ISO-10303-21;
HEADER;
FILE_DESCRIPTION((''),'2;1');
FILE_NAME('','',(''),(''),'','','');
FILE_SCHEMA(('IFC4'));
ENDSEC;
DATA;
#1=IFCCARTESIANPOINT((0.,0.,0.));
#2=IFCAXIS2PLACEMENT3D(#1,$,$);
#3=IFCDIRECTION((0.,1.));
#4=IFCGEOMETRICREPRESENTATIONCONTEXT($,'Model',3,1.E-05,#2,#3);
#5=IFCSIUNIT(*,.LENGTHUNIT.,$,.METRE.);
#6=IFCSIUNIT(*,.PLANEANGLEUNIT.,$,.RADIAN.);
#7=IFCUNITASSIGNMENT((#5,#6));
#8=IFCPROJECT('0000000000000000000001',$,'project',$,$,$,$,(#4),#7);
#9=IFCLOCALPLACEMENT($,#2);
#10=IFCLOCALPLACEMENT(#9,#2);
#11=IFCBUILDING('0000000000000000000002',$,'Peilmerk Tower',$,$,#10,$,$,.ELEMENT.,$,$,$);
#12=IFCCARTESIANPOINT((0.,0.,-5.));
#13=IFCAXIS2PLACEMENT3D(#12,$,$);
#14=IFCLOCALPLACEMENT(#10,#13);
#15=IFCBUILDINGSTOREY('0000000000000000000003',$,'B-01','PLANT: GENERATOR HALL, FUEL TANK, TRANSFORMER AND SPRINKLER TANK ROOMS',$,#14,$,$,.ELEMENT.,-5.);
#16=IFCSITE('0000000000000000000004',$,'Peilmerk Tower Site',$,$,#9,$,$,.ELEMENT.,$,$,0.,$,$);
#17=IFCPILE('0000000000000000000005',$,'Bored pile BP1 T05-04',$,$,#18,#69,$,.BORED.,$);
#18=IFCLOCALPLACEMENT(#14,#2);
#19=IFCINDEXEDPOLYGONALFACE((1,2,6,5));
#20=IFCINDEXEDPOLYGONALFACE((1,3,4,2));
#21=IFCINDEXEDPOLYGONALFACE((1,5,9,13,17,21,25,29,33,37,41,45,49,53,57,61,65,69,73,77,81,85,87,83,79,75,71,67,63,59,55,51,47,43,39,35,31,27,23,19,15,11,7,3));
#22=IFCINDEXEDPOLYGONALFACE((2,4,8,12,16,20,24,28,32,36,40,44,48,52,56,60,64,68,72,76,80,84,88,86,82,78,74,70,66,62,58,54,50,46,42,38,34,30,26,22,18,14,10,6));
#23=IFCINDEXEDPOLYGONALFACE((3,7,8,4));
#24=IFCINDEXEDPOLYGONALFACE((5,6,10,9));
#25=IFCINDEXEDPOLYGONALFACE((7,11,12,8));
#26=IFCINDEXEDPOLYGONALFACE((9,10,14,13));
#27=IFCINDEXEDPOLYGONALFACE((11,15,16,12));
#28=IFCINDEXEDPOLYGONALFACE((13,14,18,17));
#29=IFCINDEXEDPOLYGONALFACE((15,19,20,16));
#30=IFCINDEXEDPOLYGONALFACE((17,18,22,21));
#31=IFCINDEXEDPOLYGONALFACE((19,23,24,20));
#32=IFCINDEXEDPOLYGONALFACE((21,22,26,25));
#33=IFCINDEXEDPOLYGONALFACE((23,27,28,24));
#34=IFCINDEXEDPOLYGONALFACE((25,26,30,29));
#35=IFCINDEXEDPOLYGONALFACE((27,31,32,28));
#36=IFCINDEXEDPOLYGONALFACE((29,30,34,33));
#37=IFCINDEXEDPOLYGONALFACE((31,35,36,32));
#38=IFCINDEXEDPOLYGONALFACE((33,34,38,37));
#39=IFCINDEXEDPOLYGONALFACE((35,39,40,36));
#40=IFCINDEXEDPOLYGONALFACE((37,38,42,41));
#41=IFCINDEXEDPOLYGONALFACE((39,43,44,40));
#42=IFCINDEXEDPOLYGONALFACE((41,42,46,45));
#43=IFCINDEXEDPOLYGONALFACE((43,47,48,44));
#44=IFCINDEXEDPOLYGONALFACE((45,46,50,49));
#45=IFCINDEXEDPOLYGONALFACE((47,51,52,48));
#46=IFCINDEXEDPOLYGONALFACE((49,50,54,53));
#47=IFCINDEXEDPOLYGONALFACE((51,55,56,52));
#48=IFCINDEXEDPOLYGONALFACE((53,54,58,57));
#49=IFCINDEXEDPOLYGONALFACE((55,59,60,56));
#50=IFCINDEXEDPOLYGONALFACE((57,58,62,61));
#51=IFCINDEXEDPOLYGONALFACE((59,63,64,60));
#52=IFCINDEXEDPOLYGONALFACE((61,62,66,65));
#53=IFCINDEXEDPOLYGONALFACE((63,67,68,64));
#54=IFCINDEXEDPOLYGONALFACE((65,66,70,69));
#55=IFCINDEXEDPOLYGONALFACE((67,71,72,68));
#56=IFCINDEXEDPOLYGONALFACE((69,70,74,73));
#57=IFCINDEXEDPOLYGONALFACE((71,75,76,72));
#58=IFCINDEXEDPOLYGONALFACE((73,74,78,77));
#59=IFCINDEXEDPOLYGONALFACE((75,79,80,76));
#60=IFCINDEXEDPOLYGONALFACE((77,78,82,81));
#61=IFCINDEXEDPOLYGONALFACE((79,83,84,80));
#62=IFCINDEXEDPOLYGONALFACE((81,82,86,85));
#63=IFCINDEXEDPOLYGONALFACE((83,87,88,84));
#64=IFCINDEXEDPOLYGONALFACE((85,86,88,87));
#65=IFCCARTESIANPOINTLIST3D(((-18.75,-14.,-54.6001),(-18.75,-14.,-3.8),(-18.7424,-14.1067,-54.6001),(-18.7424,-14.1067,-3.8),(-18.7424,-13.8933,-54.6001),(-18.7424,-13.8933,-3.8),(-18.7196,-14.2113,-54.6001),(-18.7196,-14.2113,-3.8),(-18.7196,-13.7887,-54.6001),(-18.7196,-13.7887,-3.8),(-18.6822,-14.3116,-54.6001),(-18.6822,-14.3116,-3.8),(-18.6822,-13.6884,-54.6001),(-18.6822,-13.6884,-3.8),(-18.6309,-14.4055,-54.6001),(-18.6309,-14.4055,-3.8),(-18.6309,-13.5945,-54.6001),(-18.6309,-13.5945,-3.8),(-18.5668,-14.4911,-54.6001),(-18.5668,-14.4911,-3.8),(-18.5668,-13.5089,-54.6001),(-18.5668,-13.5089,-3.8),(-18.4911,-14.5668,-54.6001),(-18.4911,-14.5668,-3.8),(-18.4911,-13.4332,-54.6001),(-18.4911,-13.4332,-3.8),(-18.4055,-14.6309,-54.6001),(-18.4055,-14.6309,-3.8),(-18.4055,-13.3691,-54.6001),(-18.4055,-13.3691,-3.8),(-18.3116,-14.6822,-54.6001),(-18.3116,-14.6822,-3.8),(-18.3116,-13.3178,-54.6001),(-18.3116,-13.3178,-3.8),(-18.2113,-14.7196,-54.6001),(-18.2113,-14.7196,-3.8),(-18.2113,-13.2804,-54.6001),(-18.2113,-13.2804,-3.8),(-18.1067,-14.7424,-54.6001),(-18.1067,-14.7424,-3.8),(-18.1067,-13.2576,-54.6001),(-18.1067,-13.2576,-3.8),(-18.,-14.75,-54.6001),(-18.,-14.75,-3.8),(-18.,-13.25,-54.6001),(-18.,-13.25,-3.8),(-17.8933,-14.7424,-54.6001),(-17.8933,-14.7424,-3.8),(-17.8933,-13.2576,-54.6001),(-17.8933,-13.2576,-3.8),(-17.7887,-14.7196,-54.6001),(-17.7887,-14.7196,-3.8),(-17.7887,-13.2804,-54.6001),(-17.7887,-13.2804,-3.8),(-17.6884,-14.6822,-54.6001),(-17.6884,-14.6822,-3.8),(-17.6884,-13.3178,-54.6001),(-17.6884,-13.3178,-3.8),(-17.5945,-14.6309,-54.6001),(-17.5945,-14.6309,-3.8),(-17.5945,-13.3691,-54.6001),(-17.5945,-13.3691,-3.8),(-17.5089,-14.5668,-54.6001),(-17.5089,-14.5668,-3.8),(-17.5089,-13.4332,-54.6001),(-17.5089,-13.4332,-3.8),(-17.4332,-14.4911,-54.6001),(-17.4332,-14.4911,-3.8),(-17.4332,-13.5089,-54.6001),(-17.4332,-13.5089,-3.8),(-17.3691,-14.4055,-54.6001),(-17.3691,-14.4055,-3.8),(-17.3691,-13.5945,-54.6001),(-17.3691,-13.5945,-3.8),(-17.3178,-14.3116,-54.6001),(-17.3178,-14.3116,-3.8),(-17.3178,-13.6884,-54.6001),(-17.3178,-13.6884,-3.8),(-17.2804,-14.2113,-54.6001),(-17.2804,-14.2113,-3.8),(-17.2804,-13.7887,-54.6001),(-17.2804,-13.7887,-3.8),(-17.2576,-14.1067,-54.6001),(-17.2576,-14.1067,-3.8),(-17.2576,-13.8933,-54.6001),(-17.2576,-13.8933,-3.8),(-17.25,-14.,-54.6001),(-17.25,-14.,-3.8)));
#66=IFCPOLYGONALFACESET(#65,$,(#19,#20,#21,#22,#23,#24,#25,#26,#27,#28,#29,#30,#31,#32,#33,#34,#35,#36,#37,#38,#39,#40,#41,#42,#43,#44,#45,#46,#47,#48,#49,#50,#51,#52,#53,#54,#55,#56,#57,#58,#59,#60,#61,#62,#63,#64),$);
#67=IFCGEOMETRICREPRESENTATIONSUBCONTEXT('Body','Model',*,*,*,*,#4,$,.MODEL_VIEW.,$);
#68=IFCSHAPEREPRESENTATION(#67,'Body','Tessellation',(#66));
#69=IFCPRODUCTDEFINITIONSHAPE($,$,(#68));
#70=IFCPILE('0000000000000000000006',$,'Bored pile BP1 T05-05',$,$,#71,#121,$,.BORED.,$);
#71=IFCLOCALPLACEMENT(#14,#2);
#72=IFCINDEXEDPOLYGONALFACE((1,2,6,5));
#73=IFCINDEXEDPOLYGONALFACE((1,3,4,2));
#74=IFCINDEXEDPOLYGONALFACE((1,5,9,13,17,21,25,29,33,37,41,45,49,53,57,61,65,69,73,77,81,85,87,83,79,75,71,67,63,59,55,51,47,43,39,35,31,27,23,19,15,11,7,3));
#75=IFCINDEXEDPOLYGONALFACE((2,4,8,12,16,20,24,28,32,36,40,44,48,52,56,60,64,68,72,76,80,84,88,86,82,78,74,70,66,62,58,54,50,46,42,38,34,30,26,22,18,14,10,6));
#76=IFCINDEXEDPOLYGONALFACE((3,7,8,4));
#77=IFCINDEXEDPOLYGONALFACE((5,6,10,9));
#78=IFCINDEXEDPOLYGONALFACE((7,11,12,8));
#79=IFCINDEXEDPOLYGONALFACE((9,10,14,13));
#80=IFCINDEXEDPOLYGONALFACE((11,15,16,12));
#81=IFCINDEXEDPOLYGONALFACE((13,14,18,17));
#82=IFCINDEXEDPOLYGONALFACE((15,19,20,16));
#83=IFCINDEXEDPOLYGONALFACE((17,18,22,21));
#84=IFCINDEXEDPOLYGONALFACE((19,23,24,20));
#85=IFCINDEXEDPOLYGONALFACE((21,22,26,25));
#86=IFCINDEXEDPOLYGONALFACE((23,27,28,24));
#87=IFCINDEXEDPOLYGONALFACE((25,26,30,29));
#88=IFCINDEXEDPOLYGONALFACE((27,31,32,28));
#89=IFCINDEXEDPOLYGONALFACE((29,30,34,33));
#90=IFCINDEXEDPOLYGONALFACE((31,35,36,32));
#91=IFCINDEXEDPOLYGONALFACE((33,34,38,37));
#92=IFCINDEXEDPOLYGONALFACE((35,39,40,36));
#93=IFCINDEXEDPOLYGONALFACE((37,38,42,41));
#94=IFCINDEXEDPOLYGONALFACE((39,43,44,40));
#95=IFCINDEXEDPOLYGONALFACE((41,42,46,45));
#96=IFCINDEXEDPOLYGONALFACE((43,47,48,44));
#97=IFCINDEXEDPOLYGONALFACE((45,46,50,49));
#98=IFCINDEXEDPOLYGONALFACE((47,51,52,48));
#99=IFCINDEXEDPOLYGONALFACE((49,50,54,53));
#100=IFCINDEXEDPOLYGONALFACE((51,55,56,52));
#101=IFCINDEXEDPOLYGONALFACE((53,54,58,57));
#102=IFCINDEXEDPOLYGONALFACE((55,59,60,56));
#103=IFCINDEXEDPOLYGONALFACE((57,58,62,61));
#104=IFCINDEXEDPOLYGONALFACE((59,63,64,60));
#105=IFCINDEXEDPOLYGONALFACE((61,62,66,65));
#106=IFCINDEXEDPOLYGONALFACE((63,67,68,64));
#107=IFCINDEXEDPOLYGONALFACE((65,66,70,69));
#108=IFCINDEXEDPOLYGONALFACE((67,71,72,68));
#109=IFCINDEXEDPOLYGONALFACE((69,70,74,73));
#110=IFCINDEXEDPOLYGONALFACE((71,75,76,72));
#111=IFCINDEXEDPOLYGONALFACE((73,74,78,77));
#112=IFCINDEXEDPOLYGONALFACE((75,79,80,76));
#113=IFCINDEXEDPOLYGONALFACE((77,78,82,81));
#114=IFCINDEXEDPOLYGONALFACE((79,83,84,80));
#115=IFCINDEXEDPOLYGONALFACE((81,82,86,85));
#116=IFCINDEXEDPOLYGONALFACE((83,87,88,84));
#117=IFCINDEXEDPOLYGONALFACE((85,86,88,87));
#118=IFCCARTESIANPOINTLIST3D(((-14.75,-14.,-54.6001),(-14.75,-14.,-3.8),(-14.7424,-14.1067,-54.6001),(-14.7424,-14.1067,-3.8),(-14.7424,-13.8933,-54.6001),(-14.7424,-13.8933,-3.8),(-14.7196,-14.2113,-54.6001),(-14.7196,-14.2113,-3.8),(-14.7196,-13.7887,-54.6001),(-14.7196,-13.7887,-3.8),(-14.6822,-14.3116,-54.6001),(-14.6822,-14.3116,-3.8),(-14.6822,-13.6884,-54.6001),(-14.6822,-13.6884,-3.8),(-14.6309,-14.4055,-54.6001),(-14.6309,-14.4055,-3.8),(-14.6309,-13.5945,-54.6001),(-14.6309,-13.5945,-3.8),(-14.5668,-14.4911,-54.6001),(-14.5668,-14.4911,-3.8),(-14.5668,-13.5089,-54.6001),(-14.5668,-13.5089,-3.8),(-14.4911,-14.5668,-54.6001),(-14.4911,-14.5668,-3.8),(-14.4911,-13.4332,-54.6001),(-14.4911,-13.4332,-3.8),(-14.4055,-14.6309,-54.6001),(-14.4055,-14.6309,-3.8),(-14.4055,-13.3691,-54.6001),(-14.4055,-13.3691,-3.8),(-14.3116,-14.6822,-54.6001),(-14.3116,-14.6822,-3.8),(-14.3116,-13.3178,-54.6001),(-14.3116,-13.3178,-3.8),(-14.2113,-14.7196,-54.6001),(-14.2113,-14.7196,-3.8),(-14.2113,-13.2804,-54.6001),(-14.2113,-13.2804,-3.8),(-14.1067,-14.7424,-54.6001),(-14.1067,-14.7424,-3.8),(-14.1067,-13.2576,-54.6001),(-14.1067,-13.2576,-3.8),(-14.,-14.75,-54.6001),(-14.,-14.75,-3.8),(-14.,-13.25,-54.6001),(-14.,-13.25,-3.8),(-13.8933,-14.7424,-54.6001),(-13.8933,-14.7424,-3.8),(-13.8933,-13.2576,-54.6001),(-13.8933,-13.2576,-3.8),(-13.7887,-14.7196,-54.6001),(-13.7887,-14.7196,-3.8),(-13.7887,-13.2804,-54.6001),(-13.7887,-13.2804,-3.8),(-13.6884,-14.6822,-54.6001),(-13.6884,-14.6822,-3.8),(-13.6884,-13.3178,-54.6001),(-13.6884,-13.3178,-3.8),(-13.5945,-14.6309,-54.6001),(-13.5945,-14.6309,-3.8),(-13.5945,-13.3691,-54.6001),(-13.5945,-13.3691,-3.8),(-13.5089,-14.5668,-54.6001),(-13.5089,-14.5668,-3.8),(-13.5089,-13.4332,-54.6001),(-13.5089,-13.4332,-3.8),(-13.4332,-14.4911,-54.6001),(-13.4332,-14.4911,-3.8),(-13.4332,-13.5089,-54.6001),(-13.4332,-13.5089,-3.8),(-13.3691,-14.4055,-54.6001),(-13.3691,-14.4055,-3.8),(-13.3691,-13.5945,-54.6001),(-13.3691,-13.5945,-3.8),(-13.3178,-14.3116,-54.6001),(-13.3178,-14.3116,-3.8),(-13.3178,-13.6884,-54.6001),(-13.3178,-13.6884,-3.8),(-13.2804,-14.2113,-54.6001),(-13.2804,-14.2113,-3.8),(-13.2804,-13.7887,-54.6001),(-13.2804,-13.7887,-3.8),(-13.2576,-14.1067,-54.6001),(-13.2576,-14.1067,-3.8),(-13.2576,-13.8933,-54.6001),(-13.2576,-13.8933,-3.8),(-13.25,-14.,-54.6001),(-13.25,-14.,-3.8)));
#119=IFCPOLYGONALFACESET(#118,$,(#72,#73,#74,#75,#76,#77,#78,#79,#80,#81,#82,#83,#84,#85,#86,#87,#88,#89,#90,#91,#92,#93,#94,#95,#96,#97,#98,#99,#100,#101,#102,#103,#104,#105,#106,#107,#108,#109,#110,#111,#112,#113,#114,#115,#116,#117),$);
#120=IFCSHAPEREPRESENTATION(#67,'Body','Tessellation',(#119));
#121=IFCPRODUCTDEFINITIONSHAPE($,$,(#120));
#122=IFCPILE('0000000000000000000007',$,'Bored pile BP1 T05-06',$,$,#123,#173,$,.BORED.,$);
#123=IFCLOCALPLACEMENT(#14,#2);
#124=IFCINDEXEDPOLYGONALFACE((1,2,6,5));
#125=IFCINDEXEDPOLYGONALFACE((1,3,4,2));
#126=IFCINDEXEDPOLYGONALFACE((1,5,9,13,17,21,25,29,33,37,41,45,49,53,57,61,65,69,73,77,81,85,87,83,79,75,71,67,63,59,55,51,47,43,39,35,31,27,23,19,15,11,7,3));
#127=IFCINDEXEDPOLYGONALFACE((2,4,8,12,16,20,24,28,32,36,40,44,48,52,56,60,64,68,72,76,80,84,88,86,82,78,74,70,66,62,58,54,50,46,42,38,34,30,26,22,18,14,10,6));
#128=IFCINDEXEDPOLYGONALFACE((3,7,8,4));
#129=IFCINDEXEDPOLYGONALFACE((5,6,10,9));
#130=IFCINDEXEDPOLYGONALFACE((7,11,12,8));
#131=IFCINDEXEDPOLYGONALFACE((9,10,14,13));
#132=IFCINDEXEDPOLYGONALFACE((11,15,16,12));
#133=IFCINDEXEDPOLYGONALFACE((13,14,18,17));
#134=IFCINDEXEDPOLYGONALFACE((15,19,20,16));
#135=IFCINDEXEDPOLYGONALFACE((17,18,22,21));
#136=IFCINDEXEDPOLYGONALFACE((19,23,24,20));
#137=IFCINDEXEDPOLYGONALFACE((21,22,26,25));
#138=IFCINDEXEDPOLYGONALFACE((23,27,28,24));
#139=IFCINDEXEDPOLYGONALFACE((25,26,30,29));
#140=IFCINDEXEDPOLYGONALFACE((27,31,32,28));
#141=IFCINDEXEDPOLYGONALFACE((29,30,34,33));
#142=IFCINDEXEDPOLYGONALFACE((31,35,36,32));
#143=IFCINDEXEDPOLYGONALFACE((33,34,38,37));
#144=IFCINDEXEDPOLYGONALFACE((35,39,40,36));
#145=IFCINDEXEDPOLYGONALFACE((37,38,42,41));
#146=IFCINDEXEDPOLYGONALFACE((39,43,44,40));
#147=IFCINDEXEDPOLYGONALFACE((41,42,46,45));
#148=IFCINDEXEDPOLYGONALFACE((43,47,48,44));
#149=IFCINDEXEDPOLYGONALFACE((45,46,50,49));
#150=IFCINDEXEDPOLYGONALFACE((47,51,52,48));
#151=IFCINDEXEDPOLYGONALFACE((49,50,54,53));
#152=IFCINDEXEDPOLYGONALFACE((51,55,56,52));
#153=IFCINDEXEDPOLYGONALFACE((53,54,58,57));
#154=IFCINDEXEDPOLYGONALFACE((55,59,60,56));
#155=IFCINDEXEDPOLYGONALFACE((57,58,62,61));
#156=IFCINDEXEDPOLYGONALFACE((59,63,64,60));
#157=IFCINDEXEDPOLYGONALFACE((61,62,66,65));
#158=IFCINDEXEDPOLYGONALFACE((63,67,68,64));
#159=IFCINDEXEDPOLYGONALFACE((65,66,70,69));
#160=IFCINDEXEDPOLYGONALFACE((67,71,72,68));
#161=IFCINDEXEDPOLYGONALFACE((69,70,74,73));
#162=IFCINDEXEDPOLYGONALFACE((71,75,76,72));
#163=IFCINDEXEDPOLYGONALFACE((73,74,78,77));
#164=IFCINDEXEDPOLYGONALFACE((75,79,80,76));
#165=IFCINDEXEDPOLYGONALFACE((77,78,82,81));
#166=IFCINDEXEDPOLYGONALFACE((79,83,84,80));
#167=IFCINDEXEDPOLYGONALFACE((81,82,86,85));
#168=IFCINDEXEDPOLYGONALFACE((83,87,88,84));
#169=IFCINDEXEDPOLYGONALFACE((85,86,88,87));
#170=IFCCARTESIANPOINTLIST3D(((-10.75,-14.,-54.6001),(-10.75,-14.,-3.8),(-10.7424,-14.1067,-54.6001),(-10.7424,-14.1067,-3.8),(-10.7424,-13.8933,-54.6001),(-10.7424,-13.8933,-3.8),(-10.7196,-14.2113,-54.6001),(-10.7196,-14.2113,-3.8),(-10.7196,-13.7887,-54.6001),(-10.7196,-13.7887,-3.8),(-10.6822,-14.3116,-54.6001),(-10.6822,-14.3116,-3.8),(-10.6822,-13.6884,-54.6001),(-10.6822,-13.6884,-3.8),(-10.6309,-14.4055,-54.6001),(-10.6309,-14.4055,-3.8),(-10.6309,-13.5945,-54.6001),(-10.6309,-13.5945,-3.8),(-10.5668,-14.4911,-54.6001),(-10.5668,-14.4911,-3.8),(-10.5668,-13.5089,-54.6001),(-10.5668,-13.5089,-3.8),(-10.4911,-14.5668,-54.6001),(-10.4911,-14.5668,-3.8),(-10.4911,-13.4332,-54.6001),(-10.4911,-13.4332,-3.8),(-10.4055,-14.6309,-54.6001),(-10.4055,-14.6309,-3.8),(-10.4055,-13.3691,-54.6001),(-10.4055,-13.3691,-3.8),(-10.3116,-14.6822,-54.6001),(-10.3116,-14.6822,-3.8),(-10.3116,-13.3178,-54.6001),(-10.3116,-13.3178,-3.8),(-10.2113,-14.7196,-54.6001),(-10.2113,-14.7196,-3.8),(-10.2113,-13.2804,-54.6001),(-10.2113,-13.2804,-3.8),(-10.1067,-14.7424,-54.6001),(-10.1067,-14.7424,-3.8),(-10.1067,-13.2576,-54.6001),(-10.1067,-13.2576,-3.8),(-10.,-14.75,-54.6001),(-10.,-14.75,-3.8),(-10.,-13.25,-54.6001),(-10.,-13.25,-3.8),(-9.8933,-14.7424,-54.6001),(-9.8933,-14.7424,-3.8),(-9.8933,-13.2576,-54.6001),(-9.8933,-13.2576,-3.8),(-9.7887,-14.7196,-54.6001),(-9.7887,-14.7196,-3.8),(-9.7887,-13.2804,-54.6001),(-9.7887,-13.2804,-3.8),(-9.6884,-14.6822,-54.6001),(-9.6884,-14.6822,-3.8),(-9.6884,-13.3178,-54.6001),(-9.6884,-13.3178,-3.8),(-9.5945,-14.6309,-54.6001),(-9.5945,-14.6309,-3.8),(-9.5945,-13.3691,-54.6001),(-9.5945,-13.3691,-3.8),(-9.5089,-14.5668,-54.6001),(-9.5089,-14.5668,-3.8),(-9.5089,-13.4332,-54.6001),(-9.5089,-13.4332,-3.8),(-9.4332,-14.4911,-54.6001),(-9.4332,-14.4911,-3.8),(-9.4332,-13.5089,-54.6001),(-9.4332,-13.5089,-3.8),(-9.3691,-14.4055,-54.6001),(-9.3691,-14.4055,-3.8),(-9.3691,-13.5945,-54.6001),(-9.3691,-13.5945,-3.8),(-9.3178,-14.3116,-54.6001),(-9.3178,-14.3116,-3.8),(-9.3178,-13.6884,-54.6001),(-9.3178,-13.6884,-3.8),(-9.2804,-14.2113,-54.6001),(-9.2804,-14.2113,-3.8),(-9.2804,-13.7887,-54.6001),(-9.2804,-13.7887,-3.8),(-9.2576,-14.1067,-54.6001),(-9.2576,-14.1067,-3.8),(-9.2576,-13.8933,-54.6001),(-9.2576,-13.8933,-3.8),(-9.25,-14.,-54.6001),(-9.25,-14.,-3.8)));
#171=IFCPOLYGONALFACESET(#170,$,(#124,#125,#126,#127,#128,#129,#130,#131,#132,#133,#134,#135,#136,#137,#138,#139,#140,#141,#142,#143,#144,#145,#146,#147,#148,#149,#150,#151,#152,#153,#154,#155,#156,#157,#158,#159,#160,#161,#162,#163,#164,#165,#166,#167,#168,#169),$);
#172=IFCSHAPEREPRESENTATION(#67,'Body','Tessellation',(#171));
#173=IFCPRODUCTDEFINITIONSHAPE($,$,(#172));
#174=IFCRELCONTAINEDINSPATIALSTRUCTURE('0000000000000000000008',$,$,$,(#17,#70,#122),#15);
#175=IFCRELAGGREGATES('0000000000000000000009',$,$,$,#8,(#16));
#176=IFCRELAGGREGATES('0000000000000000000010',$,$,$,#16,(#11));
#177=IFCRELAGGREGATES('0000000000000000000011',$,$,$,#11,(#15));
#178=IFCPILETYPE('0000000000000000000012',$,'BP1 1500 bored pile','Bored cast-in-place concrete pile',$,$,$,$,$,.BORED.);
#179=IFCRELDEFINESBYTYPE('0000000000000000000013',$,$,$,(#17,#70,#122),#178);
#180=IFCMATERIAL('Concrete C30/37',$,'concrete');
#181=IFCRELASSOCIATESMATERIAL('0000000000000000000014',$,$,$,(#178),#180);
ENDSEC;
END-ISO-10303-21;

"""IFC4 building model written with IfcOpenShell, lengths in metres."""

from ifc_helpers import new_model, si_unit, direction, frame, origin, origin_2d, place, context, subcontext, project, spatial, circle, extrude, material, material_profile, profile_set, type_object, element, save


model = new_model("IFC4")

# Units and contexts
model_context = context("Model", 3, precision=1e-05, world=origin(), true_north=direction((0.0, 1.0)))
body_context = subcontext(model_context, "Body", "Model", "MODEL_VIEW")
ifc_project = project(units=[si_unit("LENGTHUNIT", "METRE"), si_unit("PLANEANGLEUNIT", "RADIAN")], contexts=[model_context])

# Site, building, storey
site_placement = place(None, origin())
site = spatial("IfcSite", under=ifc_project, at=site_placement, Name="Peilmerk Tower Site", CompositionType="ELEMENT", RefElevation=0.0)
building_placement = place(site_placement, origin())
building = spatial("IfcBuilding", under=site, at=building_placement, Name="Peilmerk Tower", CompositionType="ELEMENT")
storey_placement = place(building_placement, frame((0.0, 0.0, -5.0)))
storey = spatial("IfcBuildingStorey", under=building, at=storey_placement, Name="B-01", Description="PLANT: GENERATOR HALL, FUEL TANK, TRANSFORMER AND SPRINKLER TANK ROOMS", CompositionType="ELEMENT", Elevation=-5.0)

# Piles
ifc_material_1 = material(Name="Concrete C30/37", Category="concrete")
ifc_material_profile_1 = material_profile(ifc_material_1, circle(Radius=0.75, at=origin_2d()), Name="BP 1500")
ifc_profile_set_1 = profile_set([ifc_material_profile_1], Name="Concrete C30/37")
pile_type = type_object("IfcPileType", Name="BP1 1500 bored pile", Description="Bored cast-in-place concrete pile", PredefinedType="BORED", material=ifc_profile_set_1)
for number, where, z_axis, x_axis, name in (
    (1, (-18.0, -14.0, -3.8), (0.0, 0.0, -1.0), (1.0, 0.0, 0.0), "Bored pile BP1 T05-04"),
    (2, (-14.0, -14.0, -3.8), (0.0, 0.0, -1.0), (1.0, 0.0, 0.0), "Bored pile BP1 T05-05"),
    (3, (-10.0, -14.0, -3.8), (0.0, 0.0, -1.0), (1.0, 0.0, 0.0), "Bored pile BP1 T05-06"),
):
    element("IfcPile", number, at=place(storey_placement, frame(where, z_axis=z_axis, x_axis=x_axis)), inside=storey, type_object=pile_type, Name=name, PredefinedType="BORED", context=body_context, shape_type="SweptSolid", body=[
        extrude(circle(Radius=0.75, at=origin_2d()), origin(), (0.0, 0.0, 1.0), 50.8),
    ])

save(model, "model.ifc")
